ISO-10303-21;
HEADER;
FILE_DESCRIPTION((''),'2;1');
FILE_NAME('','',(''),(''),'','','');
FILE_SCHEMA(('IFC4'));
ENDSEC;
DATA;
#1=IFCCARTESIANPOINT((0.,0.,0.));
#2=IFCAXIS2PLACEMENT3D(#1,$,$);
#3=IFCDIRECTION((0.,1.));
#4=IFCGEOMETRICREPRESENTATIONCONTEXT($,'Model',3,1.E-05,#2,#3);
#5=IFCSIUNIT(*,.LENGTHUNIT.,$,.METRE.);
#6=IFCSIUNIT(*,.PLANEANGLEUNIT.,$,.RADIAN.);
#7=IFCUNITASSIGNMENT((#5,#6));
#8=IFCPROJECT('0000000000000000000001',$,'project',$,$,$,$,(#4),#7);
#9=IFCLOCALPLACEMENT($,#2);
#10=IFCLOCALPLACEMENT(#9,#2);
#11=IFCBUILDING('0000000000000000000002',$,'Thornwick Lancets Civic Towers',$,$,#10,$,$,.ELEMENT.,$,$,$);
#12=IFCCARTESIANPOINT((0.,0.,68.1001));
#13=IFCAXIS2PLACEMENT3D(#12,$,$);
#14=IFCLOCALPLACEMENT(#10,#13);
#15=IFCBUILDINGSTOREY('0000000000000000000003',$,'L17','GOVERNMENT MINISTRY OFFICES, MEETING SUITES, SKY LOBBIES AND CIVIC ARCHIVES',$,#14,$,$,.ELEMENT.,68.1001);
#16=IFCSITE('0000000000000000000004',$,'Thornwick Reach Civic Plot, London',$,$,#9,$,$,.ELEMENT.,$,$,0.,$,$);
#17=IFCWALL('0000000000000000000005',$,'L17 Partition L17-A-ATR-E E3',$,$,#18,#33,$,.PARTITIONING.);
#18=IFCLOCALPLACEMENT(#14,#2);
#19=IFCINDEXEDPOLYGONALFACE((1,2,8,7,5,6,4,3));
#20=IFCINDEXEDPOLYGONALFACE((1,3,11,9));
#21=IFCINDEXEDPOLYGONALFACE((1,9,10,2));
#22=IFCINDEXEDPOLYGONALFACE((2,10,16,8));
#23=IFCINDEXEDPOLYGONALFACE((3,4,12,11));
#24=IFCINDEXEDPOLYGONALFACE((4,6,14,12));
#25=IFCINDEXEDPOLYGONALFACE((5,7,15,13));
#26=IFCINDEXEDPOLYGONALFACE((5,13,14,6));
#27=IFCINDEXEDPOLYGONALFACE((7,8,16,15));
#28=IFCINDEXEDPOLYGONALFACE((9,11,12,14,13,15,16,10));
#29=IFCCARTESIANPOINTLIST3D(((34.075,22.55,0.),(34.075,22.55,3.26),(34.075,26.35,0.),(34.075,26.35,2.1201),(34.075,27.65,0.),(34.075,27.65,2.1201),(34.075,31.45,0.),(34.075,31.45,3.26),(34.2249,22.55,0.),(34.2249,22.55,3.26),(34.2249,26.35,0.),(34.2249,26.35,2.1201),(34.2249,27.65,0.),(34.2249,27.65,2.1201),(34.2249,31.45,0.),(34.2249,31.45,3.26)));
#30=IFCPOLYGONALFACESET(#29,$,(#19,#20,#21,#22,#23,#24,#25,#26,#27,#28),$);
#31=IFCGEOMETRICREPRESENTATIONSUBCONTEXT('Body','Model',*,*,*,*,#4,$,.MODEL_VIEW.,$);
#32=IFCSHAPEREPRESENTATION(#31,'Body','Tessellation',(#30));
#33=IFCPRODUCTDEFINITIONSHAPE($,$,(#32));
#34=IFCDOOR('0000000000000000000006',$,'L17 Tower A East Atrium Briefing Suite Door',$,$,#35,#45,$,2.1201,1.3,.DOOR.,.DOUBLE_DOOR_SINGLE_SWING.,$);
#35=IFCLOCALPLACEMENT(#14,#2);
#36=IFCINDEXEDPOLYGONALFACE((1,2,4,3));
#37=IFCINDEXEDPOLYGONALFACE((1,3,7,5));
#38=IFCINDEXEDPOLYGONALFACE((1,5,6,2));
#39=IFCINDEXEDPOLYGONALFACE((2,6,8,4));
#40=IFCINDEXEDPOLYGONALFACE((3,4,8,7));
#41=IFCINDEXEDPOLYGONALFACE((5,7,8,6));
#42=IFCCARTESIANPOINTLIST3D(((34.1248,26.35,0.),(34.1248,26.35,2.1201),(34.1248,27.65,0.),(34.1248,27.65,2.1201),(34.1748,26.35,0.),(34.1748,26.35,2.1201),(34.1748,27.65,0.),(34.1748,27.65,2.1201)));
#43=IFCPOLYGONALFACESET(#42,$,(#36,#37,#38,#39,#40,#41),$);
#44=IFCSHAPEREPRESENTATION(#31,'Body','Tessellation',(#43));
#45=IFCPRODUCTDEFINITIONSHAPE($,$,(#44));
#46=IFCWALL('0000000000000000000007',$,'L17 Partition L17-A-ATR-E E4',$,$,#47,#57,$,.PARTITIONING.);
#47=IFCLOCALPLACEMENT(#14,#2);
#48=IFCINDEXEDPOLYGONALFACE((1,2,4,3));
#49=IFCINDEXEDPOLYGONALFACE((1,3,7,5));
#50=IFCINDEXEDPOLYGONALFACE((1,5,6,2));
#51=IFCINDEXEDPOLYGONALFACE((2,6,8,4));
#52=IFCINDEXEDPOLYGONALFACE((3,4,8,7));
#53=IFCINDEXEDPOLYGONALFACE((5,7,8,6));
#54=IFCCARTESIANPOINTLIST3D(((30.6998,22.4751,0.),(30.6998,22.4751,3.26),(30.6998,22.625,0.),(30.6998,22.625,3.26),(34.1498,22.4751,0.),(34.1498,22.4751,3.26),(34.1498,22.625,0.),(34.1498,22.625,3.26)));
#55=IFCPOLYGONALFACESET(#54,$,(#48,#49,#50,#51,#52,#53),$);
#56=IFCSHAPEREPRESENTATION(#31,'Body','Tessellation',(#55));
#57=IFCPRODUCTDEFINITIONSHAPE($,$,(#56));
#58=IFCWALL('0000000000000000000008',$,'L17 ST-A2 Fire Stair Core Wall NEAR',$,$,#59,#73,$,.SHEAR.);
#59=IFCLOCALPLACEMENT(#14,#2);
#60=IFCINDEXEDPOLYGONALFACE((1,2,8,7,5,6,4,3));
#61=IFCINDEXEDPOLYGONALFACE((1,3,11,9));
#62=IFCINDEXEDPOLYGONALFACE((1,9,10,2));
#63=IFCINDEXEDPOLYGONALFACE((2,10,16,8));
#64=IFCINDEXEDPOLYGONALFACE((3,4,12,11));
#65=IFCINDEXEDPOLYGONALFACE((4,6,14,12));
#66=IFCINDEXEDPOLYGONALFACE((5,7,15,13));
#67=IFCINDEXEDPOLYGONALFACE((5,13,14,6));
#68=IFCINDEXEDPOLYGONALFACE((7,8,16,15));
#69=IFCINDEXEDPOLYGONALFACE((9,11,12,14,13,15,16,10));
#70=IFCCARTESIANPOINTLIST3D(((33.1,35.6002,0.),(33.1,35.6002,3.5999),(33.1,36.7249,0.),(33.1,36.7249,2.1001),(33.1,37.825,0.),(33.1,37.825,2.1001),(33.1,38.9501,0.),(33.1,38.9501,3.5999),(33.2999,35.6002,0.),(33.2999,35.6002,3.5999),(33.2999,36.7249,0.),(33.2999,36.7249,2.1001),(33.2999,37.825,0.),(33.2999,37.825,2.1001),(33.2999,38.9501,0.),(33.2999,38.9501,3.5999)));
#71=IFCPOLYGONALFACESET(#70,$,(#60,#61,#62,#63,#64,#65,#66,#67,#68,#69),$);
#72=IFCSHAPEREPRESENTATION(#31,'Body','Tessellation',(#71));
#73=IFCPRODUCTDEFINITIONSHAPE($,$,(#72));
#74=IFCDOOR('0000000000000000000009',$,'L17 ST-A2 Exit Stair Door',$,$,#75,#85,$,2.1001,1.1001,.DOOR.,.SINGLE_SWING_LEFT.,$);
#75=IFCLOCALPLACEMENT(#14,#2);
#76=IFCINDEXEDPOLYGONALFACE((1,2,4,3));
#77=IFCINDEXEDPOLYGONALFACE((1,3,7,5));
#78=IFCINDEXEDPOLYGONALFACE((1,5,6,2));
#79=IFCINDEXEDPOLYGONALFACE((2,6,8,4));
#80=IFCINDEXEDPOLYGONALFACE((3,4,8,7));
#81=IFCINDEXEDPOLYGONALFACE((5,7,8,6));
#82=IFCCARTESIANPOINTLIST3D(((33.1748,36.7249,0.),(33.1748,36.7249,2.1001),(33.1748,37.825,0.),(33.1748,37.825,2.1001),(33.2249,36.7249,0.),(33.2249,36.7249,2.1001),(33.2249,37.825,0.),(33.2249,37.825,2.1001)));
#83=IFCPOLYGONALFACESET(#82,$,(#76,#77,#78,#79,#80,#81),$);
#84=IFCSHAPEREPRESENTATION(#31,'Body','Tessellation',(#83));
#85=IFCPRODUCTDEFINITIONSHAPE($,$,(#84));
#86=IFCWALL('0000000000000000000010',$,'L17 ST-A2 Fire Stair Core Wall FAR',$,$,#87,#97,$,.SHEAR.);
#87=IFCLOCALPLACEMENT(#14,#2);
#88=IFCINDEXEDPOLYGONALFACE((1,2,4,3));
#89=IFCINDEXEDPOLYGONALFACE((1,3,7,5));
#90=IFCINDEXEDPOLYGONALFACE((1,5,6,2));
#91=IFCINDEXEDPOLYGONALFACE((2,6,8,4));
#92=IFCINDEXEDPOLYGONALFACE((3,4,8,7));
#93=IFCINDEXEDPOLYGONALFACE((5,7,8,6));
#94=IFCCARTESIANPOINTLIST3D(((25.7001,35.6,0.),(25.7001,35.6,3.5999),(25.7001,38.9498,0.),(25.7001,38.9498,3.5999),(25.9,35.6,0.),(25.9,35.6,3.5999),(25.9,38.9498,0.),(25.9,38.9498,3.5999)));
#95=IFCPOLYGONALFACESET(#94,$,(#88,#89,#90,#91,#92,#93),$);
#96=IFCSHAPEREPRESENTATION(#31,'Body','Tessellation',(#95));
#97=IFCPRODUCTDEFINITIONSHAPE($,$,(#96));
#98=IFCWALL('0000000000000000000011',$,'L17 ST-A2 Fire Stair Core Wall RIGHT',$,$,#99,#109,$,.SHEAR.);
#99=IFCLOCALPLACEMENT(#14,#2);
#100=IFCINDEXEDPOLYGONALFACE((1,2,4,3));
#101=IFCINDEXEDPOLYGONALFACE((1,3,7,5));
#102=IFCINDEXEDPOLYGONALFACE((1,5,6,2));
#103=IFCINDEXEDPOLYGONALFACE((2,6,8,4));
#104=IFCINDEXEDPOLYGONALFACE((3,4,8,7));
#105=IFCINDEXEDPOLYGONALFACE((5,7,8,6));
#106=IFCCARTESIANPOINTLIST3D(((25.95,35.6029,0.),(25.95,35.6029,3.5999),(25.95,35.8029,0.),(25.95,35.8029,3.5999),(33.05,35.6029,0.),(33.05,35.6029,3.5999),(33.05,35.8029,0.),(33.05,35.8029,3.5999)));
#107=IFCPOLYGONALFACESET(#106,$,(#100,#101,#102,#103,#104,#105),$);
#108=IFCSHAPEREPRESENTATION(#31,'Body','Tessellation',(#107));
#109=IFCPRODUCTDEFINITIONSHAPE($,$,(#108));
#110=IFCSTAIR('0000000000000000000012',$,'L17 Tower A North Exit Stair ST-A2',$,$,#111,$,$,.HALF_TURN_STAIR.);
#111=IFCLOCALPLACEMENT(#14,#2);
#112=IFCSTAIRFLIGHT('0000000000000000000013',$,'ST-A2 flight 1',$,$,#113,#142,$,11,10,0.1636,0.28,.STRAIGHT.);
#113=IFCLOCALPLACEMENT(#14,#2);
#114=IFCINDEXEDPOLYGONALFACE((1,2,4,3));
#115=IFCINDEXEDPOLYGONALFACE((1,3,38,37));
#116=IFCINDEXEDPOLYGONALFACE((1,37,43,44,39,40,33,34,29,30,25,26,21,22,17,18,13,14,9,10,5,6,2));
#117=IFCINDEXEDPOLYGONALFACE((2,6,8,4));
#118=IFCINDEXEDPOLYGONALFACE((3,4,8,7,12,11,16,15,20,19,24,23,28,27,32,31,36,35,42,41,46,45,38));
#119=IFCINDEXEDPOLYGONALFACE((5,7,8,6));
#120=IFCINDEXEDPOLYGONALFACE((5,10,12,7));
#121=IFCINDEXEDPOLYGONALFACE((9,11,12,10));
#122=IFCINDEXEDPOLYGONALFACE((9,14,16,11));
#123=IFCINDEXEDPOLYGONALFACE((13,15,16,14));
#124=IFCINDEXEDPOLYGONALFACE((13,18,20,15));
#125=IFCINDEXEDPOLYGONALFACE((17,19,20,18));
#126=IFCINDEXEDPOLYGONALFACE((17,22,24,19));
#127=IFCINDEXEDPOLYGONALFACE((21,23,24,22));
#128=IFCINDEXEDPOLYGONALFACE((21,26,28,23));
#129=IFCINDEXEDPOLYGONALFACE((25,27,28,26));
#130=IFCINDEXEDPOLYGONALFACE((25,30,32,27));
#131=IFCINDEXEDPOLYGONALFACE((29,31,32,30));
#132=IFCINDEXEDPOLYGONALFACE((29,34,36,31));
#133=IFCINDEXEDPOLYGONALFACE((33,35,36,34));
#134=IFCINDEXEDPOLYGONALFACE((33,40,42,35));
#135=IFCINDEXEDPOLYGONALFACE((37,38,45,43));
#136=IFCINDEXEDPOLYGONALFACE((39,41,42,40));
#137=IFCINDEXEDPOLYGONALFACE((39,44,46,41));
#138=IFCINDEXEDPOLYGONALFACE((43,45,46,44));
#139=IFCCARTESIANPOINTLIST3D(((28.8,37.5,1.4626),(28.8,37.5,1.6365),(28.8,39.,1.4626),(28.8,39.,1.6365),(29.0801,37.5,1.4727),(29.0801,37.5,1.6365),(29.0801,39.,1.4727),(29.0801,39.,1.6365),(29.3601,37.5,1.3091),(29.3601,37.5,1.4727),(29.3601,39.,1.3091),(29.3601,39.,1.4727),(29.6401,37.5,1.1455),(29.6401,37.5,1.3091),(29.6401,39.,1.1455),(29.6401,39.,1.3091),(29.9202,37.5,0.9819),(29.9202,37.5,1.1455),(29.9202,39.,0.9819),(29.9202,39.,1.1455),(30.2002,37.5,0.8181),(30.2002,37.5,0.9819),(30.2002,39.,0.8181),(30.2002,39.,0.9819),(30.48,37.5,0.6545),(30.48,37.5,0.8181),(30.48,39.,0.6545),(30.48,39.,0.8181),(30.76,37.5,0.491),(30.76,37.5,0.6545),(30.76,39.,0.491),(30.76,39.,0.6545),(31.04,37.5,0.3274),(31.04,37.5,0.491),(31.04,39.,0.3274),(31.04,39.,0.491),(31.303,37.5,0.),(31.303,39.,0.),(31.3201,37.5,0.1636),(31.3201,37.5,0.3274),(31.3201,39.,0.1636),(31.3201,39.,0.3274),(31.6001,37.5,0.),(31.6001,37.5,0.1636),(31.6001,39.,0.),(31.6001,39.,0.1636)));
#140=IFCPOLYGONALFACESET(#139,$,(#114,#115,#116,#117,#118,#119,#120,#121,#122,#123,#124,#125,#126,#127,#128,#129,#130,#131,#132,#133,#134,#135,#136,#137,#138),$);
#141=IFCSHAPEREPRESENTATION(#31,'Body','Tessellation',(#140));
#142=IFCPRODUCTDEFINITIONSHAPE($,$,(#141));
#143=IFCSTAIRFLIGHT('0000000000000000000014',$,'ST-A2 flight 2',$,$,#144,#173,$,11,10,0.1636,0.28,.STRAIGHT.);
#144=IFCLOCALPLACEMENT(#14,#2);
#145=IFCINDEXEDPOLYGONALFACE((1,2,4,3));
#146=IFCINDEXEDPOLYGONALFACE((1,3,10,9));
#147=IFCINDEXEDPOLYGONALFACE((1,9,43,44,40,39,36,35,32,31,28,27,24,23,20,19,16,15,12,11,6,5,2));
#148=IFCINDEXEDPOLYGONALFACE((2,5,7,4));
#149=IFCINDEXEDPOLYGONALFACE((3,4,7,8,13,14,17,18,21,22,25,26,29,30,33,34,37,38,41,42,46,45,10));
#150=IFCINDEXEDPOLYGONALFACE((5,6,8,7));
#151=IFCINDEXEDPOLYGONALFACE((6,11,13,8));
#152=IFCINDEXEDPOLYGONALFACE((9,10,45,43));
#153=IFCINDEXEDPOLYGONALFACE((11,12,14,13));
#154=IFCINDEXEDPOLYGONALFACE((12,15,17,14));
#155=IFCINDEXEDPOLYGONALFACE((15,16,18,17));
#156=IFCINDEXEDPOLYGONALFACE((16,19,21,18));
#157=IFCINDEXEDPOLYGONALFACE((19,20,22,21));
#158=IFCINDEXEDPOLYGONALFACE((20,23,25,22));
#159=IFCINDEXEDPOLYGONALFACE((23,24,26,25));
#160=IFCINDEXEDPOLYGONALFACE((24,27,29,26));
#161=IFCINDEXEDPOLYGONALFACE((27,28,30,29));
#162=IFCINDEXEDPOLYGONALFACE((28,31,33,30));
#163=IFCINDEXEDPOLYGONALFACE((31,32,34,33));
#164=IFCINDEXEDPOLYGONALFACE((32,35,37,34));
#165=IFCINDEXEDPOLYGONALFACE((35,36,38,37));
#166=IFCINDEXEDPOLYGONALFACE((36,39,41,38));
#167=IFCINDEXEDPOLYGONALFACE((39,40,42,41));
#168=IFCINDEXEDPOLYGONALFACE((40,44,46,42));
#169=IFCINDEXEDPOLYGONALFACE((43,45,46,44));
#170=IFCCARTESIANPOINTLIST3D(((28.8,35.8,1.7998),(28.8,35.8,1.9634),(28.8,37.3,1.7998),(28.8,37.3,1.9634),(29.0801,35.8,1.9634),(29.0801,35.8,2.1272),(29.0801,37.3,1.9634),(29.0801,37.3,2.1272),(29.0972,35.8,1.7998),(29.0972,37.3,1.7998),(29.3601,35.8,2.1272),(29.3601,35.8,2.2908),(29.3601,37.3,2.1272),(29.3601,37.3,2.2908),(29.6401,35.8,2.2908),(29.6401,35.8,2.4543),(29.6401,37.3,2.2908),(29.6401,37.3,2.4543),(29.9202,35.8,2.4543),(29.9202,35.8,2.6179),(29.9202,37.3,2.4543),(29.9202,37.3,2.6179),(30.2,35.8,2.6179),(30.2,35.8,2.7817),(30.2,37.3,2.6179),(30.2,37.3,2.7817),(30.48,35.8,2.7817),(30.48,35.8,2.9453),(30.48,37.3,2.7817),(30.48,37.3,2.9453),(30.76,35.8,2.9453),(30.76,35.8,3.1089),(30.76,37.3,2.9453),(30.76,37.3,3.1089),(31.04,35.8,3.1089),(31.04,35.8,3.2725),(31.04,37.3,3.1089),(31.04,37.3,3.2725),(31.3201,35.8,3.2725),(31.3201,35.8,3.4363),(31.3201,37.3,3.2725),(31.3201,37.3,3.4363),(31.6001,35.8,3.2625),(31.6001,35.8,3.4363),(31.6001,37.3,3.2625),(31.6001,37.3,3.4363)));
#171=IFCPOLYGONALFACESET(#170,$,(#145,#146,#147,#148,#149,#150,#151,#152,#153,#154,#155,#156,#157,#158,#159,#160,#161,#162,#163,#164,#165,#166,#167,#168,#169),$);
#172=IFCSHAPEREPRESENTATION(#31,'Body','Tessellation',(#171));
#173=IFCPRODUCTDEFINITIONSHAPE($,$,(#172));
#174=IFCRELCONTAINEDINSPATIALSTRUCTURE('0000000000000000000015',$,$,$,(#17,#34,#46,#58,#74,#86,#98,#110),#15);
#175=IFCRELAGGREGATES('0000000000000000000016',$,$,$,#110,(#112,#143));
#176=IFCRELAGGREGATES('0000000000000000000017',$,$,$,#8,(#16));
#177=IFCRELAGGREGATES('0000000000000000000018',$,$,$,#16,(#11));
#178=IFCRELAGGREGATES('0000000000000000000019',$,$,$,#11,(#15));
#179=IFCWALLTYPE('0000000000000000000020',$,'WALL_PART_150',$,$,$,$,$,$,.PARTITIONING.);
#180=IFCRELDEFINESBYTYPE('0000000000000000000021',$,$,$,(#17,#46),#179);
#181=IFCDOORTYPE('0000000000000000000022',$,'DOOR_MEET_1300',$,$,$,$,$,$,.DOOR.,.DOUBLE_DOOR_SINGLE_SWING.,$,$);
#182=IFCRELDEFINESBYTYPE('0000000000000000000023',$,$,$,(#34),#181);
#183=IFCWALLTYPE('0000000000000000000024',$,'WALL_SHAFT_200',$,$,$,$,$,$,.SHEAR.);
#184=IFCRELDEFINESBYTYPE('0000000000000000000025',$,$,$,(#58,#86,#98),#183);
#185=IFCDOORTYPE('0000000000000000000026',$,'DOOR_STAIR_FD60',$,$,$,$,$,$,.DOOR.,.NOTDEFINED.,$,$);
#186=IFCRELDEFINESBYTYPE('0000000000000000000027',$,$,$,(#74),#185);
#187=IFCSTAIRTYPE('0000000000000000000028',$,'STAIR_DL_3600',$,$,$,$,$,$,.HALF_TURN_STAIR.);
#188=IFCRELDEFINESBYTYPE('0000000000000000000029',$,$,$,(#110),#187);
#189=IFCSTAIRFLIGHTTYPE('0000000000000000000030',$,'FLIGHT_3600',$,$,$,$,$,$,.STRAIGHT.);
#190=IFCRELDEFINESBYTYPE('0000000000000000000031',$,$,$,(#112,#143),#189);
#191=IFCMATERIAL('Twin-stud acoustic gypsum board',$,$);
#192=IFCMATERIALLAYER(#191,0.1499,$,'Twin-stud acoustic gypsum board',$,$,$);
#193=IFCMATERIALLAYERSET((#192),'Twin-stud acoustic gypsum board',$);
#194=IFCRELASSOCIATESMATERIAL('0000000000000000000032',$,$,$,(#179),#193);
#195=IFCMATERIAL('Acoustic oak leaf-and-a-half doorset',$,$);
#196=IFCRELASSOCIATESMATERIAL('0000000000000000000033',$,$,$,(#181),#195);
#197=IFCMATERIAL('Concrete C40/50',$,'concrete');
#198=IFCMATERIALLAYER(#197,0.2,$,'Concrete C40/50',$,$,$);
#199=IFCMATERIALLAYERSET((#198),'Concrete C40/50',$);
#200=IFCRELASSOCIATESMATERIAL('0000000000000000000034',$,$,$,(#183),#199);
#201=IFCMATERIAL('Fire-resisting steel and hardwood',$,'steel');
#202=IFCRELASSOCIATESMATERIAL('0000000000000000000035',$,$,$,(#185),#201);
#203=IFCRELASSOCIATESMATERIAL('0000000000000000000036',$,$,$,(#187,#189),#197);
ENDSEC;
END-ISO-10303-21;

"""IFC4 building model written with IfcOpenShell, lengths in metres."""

from ifc_helpers import new_model, si_unit, direction, frame, frame_2d, origin, place, context, subcontext, project, spatial, polyline, rectangle, outline, extrude, material, layer, layer_set, type_object, element, fill, aggregate, save


model = new_model("IFC4")

# Units and contexts
model_context = context("Model", 3, precision=1e-05, world=origin(), true_north=direction((0.0, 1.0)))
body_context = subcontext(model_context, "Body", "Model", "MODEL_VIEW")
ifc_project = project(units=[si_unit("LENGTHUNIT", "METRE"), si_unit("PLANEANGLEUNIT", "RADIAN")], contexts=[model_context])

# Site, building, storey
site_placement = place(None, origin())
site = spatial("IfcSite", under=ifc_project, at=site_placement, Name="Thornwick Reach Civic Plot, London", CompositionType="ELEMENT", RefElevation=0.0)
building_placement = place(site_placement, origin())
building = spatial("IfcBuilding", under=site, at=building_placement, Name="Thornwick Lancets Civic Towers", CompositionType="ELEMENT")
storey_placement = place(building_placement, frame((0.0, 0.0, 68.1001)))
storey = spatial("IfcBuildingStorey", under=building, at=storey_placement, Name="L17", Description="GOVERNMENT MINISTRY OFFICES, MEETING SUITES, SKY LOBBIES AND CIVIC ARCHIVES", CompositionType="ELEMENT", Elevation=68.1001)

# Shared definitions
ifc_material_1 = material(Name="Concrete C40/50", Category="concrete")

# Shared definitions
ifc_material_2 = material(Name="Twin-stud acoustic gypsum board")
ifc_layer_1 = layer(ifc_material_2, 0.1499, Name="Twin-stud acoustic gypsum board")
ifc_layer_set_1 = layer_set([ifc_layer_1], Name="Twin-stud acoustic gypsum board")
wall_type_1 = type_object("IfcWallType", Name="WALL_PART_150", PredefinedType="PARTITIONING", material=ifc_layer_set_1)

# Wall, opening, door
wall_1_placement = place(storey_placement, frame((34.1499, 31.45, 0.0), z_axis=(0.0, 0.0, 1.0), x_axis=(0.0, -1.0, 0.0)))
wall_1 = element("IfcWall", 1, at=wall_1_placement, inside=storey, type_object=wall_type_1, Name="L17 Partition L17-A-ATR-E E3", PredefinedType="PARTITIONING", context=body_context, shape_type="SweptSolid", body=[
    extrude(rectangle(XDim=8.8999, YDim=0.1499, at=frame_2d((4.45, 0.0))), origin(), (0.0, 0.0, 1.0), 3.26),
])
opening_1_placement = place(wall_1_placement, frame((3.8, 0.0, 0.0)))
opening_1 = element("IfcOpeningElement", 2, at=opening_1_placement, cuts=wall_1, PredefinedType="OPENING", context=body_context, shape_type="SweptSolid", body=[
    extrude(rectangle(XDim=1.3, YDim=2.1201, at=frame_2d((0.6499, 1.0601))), frame((0.0, 0.085, 0.0), z_axis=(0.0, -1.0, 0.0), x_axis=(1.0, 0.0, 0.0)), (0.0, 0.0, 1.0), 0.1699),
])
ifc_material_3 = material(Name="Acoustic oak leaf-and-a-half doorset")
door_type_1 = type_object("IfcDoorType", Name="DOOR_MEET_1300", OperationType="DOUBLE_DOOR_SINGLE_SWING", PredefinedType="DOOR", material=ifc_material_3)
door_1_placement = place(opening_1_placement, origin())
door_1 = element("IfcDoor", 3, at=door_1_placement, inside=storey, type_object=door_type_1, Name="L17 Tower A East Atrium Briefing Suite Door", OperationType="DOUBLE_DOOR_SINGLE_SWING", OverallHeight=2.1201, OverallWidth=1.3, PredefinedType="DOOR", context=body_context, shape_type="SweptSolid", body=[
    extrude(rectangle(XDim=1.3, YDim=2.1201, at=frame_2d((0.6499, 1.0601))), frame((0.0, 0.0249, 0.0), z_axis=(0.0, -1.0, 0.0), x_axis=(1.0, 0.0, 0.0)), (0.0, 0.0, 1.0), 0.05),
])
fill(opening_1, door_1)

# Wall
wall_2_placement = place(storey_placement, frame((34.1499, 22.55, 0.0), z_axis=(0.0, 0.0, 1.0), x_axis=(-1.0, 0.0, 0.0)))
element("IfcWall", 4, at=wall_2_placement, inside=storey, type_object=wall_type_1, Name="L17 Partition L17-A-ATR-E E4", PredefinedType="PARTITIONING", context=body_context, shape_type="SweptSolid", body=[
    extrude(rectangle(XDim=3.45, YDim=0.1499, at=frame_2d((1.7251, 0.0))), origin(), (0.0, 0.0, 1.0), 3.26),
])

# Wall, opening, door
ifc_layer_2 = layer(ifc_material_1, 0.2, Name="Concrete C40/50")
ifc_layer_set_2 = layer_set([ifc_layer_2], Name="Concrete C40/50")
wall_type_2 = type_object("IfcWallType", Name="WALL_SHAFT_200", PredefinedType="SHEAR", material=ifc_layer_set_2)
wall_3_placement = place(storey_placement, frame((33.2, 38.95, 0.0), z_axis=(0.0, 0.0, 1.0), x_axis=(0.0, -1.0, 0.0)))
wall_3 = element("IfcWall", 5, at=wall_3_placement, inside=storey, type_object=wall_type_2, Name="L17 ST-A2 Fire Stair Core Wall NEAR", PredefinedType="SHEAR", context=body_context, shape_type="SweptSolid", body=[
    extrude(rectangle(XDim=3.3499, YDim=0.2, at=frame_2d((1.6748, 0.0))), origin(), (0.0, 0.0, 1.0), 3.5999),
])
opening_2_placement = place(wall_3_placement, frame((1.125, 0.0, 0.0)))
opening_2 = element("IfcOpeningElement", 6, at=opening_2_placement, cuts=wall_3, PredefinedType="OPENING", context=body_context, shape_type="SweptSolid", body=[
    extrude(rectangle(XDim=1.1001, YDim=2.1001, at=frame_2d((0.55, 1.05))), frame((0.0, 0.1099, 0.0), z_axis=(0.0, -1.0, 0.0), x_axis=(1.0, 0.0, 0.0)), (0.0, 0.0, 1.0), 0.22),
])
ifc_material_4 = material(Name="Fire-resisting steel and hardwood", Category="steel")
door_type_2 = type_object("IfcDoorType", Name="DOOR_STAIR_FD60", OperationType="NOTDEFINED", PredefinedType="DOOR", material=ifc_material_4)
door_2_placement = place(opening_2_placement, origin())
door_2 = element("IfcDoor", 7, at=door_2_placement, inside=storey, type_object=door_type_2, Name="L17 ST-A2 Exit Stair Door", OperationType="SINGLE_SWING_LEFT", OverallHeight=2.1001, OverallWidth=1.1001, PredefinedType="DOOR", context=body_context, shape_type="SweptSolid", body=[
    extrude(rectangle(XDim=1.1001, YDim=2.1001, at=frame_2d((0.55, 1.05))), frame((0.0, 0.0249, 0.0), z_axis=(0.0, -1.0, 0.0), x_axis=(1.0, 0.0, 0.0)), (0.0, 0.0, 1.0), 0.05),
])
fill(opening_2, door_2)

# Walls
wall_4_placement = place(storey_placement, frame((25.8, 35.6001, 0.0), z_axis=(0.0, 0.0, 1.0), x_axis=(0.0, 1.0, 0.0)))
element("IfcWall", 8, at=wall_4_placement, inside=storey, type_object=wall_type_2, Name="L17 ST-A2 Fire Stair Core Wall FAR", PredefinedType="SHEAR", context=body_context, shape_type="SweptSolid", body=[
    extrude(rectangle(XDim=3.3499, YDim=0.2, at=frame_2d((1.6748, 0.0))), origin(), (0.0, 0.0, 1.0), 3.5999),
])
wall_5_placement = place(storey_placement, frame((25.95, 35.7029, 0.0), z_axis=(0.0, 0.0, 1.0), x_axis=(1.0, 0.0, 0.0)))
element("IfcWall", 9, at=wall_5_placement, inside=storey, type_object=wall_type_2, Name="L17 ST-A2 Fire Stair Core Wall RIGHT", PredefinedType="SHEAR", context=body_context, shape_type="SweptSolid", body=[
    extrude(rectangle(XDim=7.1001, YDim=0.2, at=frame_2d((3.55, 0.0))), origin(), (0.0, 0.0, 1.0), 3.5999),
])

# Stair, stair flights
stair_type = type_object("IfcStairType", Name="STAIR_DL_3600", PredefinedType="HALF_TURN_STAIR", material=ifc_material_1)
stair_placement = place(storey_placement, origin())
stair = element("IfcStair", 10, at=stair_placement, inside=storey, type_object=stair_type, Name="L17 Tower A North Exit Stair ST-A2", PredefinedType="HALF_TURN_STAIR")
stair_flight_type = type_object("IfcStairFlightType", Name="FLIGHT_3600", PredefinedType="STRAIGHT", material=ifc_material_1)
stair_flight_1_placement = place(storey_placement, frame((31.6001, 38.25, 0.0), z_axis=(0.0, 0.0, 1.0), x_axis=(-1.0, 0.0, 0.0)))
stair_flight_1 = element("IfcStairFlight", 11, at=stair_flight_1_placement, type_object=stair_flight_type, Name="ST-A2 flight 1", NumberOfRisers=11, NumberOfTreads=10, PredefinedType="STRAIGHT", RiserHeight=0.1636, TreadLength=0.28, context=body_context, shape_type="SweptSolid", body=[
    extrude(outline(polyline([(0.0, 0.0), (0.0, 0.1636), (0.28, 0.1636), (0.28, 0.3274), (0.5601, 0.3274), (0.5601, 0.491), (0.8401, 0.491), (0.8401, 0.6545), (1.1201, 0.6545), (1.1201, 0.8181), (1.3999, 0.8181), (1.3999, 0.9819), (1.6799, 0.9819), (1.6799, 1.1455), (1.96, 1.1455), (1.96, 1.3091), (2.24, 1.3091), (2.24, 1.4727), (2.52, 1.4727), (2.52, 1.6365), (2.8, 1.6365), (2.8, 1.8), (2.8, 1.4626), (0.2971, 0.0), (0.0, 0.0)])), frame((0.0, 0.75, 0.0), z_axis=(0.0, -1.0, 0.0), x_axis=(1.0, 0.0, 0.0)), (0.0, 0.0, 1.0), 1.5),
])
stair_flight_2_placement = place(storey_placement, frame((28.8, 36.55, 1.7998), z_axis=(0.0, 0.0, 1.0), x_axis=(1.0, 0.0, 0.0)))
stair_flight_2 = element("IfcStairFlight", 12, at=stair_flight_2_placement, type_object=stair_flight_type, Name="ST-A2 flight 2", NumberOfRisers=11, NumberOfTreads=10, PredefinedType="STRAIGHT", RiserHeight=0.1636, TreadLength=0.28, context=body_context, shape_type="SweptSolid", body=[
    extrude(outline(polyline([(0.0, 0.0), (0.0, 0.1636), (0.28, 0.1636), (0.28, 0.3274), (0.5601, 0.3274), (0.5601, 0.491), (0.8401, 0.491), (0.8401, 0.6545), (1.1201, 0.6545), (1.1201, 0.8181), (1.3999, 0.8181), (1.3999, 0.9819), (1.6799, 0.9819), (1.6799, 1.1455), (1.96, 1.1455), (1.96, 1.3091), (2.24, 1.3091), (2.24, 1.4727), (2.52, 1.4727), (2.52, 1.6365), (2.8, 1.6365), (2.8, 1.8), (2.8, 1.4626), (0.2971, 0.0), (0.0, 0.0)])), frame((0.0, 0.75, 0.0), z_axis=(0.0, -1.0, 0.0), x_axis=(1.0, 0.0, 0.0)), (0.0, 0.0, 1.0), 1.5),
])
aggregate(stair, [stair_flight_1, stair_flight_2])

save(model, "model.ifc")
